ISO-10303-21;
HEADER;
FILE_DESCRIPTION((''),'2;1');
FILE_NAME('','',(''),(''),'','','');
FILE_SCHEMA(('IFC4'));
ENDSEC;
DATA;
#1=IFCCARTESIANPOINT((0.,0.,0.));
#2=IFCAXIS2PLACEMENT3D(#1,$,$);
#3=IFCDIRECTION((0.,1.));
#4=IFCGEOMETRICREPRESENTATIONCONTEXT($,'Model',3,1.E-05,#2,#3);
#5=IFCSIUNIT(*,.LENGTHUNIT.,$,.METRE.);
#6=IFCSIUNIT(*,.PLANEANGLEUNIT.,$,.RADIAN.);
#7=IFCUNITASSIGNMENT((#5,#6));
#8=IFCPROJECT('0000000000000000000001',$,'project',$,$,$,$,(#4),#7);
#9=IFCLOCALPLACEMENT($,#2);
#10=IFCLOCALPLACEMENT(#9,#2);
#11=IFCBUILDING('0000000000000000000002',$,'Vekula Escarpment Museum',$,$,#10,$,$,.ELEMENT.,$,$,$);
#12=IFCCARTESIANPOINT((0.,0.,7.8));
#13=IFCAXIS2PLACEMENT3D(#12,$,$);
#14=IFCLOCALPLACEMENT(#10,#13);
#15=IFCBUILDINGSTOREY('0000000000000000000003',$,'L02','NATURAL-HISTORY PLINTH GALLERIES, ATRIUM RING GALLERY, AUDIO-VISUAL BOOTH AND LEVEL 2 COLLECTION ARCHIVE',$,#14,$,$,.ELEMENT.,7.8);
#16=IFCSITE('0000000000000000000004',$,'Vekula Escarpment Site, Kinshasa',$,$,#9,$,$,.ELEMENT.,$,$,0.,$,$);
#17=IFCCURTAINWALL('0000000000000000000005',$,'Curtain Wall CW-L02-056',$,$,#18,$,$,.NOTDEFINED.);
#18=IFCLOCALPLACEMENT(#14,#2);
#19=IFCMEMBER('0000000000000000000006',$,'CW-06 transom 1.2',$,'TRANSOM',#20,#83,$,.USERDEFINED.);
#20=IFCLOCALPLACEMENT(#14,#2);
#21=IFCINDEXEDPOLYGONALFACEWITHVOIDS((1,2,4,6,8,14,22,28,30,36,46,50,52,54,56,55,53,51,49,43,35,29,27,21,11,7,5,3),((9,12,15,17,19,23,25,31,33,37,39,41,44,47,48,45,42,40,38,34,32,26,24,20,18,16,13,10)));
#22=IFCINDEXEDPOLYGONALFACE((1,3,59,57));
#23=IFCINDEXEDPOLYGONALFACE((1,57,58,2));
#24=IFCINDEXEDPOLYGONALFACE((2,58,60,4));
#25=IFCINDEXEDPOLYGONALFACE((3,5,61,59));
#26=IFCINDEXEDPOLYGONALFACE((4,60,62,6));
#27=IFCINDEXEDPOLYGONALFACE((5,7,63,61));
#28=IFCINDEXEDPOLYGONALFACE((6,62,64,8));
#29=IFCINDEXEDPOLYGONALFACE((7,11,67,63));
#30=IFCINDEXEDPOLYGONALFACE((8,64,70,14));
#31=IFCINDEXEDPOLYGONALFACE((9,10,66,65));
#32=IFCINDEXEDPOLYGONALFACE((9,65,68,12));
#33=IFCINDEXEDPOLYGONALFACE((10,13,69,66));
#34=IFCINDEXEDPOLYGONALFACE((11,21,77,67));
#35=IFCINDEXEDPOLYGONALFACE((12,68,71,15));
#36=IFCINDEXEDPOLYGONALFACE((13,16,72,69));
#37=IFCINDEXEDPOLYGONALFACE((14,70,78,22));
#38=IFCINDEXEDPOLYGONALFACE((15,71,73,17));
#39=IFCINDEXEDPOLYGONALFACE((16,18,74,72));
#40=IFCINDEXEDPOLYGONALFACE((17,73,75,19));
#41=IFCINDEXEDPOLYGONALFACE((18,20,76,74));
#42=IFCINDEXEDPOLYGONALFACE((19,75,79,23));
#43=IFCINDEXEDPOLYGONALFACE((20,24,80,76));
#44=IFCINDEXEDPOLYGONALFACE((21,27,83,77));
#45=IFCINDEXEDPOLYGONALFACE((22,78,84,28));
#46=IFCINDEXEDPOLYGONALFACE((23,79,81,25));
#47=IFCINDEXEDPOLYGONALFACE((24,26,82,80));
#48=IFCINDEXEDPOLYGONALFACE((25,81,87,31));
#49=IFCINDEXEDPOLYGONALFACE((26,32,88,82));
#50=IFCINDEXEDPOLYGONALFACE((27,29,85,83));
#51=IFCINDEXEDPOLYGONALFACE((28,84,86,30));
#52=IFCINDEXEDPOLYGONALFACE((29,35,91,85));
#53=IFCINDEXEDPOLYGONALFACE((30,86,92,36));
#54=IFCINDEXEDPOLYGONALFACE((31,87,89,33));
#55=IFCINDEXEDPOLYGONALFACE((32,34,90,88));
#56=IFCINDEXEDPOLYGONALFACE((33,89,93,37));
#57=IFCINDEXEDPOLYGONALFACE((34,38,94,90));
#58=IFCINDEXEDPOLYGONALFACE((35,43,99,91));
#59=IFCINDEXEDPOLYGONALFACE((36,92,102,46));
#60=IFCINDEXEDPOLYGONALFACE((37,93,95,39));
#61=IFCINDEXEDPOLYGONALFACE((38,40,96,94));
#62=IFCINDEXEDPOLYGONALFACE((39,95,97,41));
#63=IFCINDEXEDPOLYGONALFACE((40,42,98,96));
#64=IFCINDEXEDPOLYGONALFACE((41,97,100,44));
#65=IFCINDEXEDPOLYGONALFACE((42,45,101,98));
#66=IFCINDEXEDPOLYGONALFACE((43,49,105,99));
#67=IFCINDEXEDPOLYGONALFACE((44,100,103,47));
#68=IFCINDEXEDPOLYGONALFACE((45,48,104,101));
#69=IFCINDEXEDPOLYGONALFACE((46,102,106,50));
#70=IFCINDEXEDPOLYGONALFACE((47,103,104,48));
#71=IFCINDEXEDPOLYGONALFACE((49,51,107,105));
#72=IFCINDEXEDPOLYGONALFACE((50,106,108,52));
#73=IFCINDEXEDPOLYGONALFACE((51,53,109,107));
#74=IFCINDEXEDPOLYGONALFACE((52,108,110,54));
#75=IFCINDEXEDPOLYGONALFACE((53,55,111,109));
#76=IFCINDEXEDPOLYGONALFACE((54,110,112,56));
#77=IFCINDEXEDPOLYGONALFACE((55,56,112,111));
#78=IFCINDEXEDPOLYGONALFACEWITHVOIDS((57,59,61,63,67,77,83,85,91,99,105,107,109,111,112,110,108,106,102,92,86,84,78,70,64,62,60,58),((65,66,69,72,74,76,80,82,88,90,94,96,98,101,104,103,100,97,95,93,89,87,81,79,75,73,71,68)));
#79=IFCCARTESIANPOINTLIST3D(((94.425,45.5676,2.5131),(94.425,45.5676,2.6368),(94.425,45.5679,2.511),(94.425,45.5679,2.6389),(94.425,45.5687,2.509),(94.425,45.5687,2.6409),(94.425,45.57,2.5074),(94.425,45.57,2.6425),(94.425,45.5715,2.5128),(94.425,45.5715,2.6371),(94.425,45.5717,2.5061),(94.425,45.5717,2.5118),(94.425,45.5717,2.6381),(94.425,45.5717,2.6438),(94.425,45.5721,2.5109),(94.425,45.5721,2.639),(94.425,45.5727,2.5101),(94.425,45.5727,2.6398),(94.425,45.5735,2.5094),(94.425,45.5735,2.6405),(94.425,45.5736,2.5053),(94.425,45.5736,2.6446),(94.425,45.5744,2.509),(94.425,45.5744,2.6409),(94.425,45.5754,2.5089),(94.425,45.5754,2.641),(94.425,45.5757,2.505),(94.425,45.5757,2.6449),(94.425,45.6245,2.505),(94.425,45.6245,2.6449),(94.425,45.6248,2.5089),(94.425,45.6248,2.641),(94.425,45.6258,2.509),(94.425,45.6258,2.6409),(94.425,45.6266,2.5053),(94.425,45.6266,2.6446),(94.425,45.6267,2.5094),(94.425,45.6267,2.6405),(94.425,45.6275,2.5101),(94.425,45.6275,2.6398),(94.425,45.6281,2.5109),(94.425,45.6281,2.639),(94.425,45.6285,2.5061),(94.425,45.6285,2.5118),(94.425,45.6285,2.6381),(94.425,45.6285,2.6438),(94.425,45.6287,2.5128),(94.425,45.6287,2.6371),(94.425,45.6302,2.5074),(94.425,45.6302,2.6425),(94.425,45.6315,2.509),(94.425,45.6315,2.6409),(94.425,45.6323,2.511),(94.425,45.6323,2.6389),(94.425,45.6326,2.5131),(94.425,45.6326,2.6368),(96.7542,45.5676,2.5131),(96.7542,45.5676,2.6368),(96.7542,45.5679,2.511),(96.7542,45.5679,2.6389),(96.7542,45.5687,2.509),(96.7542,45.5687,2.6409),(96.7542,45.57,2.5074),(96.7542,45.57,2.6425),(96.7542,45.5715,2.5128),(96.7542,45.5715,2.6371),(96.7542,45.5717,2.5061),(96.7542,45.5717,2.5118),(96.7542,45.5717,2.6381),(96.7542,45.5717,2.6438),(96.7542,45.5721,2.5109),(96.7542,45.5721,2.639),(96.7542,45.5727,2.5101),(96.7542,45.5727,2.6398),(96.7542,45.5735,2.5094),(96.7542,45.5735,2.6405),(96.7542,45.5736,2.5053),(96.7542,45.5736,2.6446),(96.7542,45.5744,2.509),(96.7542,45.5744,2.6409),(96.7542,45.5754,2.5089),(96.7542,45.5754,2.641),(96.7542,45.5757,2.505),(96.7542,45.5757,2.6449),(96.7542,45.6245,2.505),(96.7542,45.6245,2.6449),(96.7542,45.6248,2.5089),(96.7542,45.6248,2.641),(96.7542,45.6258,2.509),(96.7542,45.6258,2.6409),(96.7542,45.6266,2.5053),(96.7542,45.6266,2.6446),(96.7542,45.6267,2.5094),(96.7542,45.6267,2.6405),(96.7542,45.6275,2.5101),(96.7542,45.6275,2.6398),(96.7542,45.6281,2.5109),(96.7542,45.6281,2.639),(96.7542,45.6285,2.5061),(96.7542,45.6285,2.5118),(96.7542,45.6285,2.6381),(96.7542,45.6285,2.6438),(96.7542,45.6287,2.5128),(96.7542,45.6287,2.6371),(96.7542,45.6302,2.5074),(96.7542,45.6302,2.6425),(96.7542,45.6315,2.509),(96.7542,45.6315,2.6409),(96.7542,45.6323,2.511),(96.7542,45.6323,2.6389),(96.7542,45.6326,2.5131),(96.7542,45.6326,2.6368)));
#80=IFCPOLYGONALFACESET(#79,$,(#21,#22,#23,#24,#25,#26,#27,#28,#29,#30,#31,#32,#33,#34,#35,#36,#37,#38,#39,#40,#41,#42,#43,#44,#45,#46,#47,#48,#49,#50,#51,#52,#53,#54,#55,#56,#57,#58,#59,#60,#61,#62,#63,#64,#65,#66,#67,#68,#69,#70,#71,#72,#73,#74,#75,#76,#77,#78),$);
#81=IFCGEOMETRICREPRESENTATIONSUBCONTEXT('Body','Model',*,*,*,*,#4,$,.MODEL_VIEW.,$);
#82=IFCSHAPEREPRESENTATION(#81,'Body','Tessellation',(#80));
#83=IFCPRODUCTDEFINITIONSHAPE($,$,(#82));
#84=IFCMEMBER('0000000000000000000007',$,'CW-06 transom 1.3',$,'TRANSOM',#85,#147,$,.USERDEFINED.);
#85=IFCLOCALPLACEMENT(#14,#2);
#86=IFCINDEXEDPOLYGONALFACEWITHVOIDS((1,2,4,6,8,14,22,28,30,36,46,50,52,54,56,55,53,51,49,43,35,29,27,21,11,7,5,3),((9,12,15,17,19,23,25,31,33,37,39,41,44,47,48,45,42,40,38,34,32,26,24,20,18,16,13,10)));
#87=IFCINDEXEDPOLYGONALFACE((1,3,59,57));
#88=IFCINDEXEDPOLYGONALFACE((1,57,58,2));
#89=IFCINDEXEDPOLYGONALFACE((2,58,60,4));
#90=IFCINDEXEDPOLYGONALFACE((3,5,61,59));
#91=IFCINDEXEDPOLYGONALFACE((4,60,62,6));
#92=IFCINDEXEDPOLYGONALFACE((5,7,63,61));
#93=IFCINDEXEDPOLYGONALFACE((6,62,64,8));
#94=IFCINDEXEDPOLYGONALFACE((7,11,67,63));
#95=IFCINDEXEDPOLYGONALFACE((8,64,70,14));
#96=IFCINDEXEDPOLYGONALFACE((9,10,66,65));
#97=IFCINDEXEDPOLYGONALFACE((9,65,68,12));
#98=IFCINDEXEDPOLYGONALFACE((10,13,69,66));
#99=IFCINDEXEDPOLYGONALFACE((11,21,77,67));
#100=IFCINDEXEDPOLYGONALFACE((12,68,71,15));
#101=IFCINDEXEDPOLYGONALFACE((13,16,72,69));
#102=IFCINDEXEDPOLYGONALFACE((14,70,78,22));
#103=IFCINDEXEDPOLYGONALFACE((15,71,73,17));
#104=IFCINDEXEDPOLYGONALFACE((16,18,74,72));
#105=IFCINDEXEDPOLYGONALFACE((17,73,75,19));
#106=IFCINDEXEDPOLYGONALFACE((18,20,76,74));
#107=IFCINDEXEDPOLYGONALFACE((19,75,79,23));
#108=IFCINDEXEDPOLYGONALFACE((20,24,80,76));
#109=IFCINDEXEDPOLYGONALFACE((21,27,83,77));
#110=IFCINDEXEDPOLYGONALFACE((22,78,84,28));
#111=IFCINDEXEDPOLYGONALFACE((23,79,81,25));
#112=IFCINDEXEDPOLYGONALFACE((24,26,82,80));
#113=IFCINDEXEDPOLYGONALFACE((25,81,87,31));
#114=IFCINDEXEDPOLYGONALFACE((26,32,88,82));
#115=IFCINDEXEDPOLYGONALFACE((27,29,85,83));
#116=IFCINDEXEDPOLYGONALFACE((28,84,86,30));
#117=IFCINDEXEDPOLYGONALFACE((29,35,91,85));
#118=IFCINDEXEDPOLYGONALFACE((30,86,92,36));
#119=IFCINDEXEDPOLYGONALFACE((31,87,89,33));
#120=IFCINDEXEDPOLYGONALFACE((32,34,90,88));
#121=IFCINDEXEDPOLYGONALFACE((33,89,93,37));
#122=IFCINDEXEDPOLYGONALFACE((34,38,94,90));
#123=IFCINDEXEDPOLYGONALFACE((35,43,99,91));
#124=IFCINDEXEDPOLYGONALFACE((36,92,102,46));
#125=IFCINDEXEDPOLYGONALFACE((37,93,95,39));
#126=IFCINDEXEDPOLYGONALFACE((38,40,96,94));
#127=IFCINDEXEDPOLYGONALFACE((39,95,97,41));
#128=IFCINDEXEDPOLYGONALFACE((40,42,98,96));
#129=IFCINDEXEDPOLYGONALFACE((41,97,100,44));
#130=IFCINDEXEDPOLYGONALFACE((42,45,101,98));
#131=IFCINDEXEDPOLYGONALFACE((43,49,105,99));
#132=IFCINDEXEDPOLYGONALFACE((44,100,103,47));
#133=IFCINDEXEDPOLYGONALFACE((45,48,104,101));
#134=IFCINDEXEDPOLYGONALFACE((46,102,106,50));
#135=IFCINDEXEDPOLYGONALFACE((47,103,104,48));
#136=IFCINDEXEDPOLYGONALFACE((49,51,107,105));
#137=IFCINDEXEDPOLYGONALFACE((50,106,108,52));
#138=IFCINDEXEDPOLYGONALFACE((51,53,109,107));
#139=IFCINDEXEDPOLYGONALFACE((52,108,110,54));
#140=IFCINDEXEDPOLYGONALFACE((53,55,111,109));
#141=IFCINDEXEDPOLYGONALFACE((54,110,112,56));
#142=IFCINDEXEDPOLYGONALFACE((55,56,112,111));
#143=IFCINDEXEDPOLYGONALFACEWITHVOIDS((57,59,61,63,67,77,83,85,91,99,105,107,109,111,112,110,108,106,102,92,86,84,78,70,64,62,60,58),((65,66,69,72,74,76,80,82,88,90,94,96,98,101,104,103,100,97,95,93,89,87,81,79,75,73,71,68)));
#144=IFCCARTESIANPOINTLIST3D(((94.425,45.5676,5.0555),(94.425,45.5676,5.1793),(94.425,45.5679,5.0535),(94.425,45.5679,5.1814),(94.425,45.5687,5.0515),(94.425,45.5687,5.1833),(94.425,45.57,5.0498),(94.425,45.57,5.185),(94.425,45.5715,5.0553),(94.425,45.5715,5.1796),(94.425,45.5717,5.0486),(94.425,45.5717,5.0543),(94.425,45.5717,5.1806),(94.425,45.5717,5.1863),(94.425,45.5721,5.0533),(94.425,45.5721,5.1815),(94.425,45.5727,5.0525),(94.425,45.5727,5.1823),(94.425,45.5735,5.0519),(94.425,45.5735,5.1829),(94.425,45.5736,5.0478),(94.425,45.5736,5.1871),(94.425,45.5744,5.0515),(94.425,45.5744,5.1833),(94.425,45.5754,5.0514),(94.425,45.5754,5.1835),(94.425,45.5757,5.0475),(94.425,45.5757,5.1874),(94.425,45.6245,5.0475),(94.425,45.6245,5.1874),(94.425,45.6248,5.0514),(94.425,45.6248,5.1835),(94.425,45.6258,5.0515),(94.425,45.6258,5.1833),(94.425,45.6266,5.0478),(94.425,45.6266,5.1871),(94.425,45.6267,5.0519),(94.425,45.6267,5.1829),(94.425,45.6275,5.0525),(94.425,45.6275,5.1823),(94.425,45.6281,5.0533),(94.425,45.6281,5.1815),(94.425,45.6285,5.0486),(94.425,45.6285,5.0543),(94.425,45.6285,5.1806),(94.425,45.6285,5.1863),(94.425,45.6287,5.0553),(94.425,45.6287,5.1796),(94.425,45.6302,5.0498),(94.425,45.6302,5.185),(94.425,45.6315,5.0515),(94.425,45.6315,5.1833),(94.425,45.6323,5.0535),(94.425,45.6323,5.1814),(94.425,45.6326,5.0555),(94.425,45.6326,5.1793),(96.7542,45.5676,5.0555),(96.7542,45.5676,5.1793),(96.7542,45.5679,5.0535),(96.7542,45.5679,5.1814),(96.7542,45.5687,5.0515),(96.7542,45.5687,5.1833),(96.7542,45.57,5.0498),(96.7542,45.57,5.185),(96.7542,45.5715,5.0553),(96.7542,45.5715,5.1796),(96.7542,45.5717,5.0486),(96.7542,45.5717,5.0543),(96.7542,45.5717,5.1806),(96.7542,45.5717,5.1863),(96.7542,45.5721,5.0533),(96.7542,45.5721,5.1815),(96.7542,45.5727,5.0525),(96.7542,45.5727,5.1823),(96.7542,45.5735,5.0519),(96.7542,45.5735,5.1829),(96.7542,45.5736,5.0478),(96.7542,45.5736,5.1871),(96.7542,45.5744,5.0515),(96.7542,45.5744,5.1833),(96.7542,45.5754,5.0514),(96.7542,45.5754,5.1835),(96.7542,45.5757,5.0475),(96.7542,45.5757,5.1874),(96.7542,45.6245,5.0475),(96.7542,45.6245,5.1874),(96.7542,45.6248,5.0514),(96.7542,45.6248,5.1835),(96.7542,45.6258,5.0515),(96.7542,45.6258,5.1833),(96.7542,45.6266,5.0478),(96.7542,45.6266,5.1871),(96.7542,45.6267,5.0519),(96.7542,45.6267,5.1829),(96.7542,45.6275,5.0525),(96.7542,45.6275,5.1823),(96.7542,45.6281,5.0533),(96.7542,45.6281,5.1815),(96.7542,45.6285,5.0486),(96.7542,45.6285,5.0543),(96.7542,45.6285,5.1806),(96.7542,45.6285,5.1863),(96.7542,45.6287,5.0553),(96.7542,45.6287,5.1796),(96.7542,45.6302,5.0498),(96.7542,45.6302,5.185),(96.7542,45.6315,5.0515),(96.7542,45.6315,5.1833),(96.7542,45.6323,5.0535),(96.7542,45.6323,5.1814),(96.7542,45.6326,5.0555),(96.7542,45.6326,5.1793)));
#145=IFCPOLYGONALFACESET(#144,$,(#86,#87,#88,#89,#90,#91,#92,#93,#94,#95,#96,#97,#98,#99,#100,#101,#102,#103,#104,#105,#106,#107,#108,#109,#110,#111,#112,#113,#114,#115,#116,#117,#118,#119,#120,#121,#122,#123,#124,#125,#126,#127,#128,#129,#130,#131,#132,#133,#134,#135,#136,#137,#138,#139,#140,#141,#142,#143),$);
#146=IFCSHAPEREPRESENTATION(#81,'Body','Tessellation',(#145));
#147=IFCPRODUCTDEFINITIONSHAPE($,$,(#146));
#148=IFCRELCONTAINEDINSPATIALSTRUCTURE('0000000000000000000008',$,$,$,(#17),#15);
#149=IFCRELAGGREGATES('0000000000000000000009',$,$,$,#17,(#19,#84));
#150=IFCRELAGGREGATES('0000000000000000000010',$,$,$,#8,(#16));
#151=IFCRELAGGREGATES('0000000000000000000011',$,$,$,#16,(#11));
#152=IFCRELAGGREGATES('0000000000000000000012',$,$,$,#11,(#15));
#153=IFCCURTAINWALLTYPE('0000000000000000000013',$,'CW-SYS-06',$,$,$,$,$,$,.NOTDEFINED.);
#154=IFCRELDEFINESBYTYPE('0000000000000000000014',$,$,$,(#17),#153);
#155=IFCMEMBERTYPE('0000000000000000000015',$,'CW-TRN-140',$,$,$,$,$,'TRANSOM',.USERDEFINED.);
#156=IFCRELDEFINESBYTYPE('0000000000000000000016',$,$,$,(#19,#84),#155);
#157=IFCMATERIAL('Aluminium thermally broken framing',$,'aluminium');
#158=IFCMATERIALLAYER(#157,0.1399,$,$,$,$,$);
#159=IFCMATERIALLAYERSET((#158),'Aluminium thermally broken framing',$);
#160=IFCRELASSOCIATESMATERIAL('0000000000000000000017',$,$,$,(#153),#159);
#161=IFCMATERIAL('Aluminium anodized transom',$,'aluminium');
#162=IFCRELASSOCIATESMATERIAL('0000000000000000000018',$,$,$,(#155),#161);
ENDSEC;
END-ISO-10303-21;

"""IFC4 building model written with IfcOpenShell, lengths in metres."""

from ifc_helpers import new_model, si_unit, direction, frame, origin, origin_2d, place, context, subcontext, project, spatial, hollow_rectangle, extrude, material, layer, layer_set, material_profile, profile_set, type_object, element, aggregate, save


model = new_model("IFC4")

# Units and contexts
model_context = context("Model", 3, precision=1e-05, world=origin(), true_north=direction((0.0, 1.0)))
body_context = subcontext(model_context, "Body", "Model", "MODEL_VIEW")
ifc_project = project(units=[si_unit("LENGTHUNIT", "METRE"), si_unit("PLANEANGLEUNIT", "RADIAN")], contexts=[model_context])

# Site, building, storey
site_placement = place(None, origin())
site = spatial("IfcSite", under=ifc_project, at=site_placement, Name="Vekula Escarpment Site, Kinshasa", CompositionType="ELEMENT", RefElevation=0.0)
building_placement = place(site_placement, origin())
building = spatial("IfcBuilding", under=site, at=building_placement, Name="Vekula Escarpment Museum", CompositionType="ELEMENT")
storey_placement = place(building_placement, frame((0.0, 0.0, 7.8)))
storey = spatial("IfcBuildingStorey", under=building, at=storey_placement, Name="L02", Description="NATURAL-HISTORY PLINTH GALLERIES, ATRIUM RING GALLERY, AUDIO-VISUAL BOOTH AND LEVEL 2 COLLECTION ARCHIVE", CompositionType="ELEMENT", Elevation=7.8)

# Curtain wall
ifc_material_1 = material(Name="Aluminium thermally broken framing", Category="aluminium")
ifc_layer_1 = layer(ifc_material_1, 0.1399)
ifc_layer_set_1 = layer_set([ifc_layer_1], Name="Aluminium thermally broken framing")
curtain_wall_type_1 = type_object("IfcCurtainWallType", Name="CW-SYS-06", PredefinedType="NOTDEFINED", material=ifc_layer_set_1)
curtain_wall_1_placement = place(storey_placement, origin())
curtain_wall_1 = element("IfcCurtainWall", 1, at=curtain_wall_1_placement, inside=storey, type_object=curtain_wall_type_1, Name="Curtain Wall CW-L02-056", PredefinedType="NOTDEFINED")

# Members
ifc_material_2 = material(Name="Aluminium anodized transom", Category="aluminium")
ifc_material_profile_1 = material_profile(ifc_material_2, hollow_rectangle(XDim=0.0649, YDim=0.1399, WallThickness=0.0039, InnerFilletRadius=0.0039, OuterFilletRadius=0.0081, at=origin_2d()), Name="ALU 140x65x4")
ifc_profile_set_1 = profile_set([ifc_material_profile_1], Name="Aluminium anodized transom")
member_type_1 = type_object("IfcMemberType", Name="CW-TRN-140", ElementType="TRANSOM", PredefinedType="USERDEFINED", material=ifc_profile_set_1)
member_1_placement = place(storey_placement, frame((94.425, 45.6001, 2.575), z_axis=(1.0, 0.0, 0.0), x_axis=(0.0, 1.0, 0.0)))
member_1 = element("IfcMember", 2, at=member_1_placement, type_object=member_type_1, Name="CW-06 transom 1.2", ObjectType="TRANSOM", PredefinedType="USERDEFINED", context=body_context, shape_type="SweptSolid", body=[
    extrude(hollow_rectangle(XDim=0.0649, YDim=0.1399, WallThickness=0.0039, InnerFilletRadius=0.0039, OuterFilletRadius=0.0081, at=origin_2d()), origin(), (0.0, 0.0, 1.0), 2.3291),
])
member_2_placement = place(storey_placement, frame((94.425, 45.6001, 5.1174), z_axis=(1.0, 0.0, 0.0), x_axis=(0.0, 1.0, 0.0)))
member_2 = element("IfcMember", 3, at=member_2_placement, type_object=member_type_1, Name="CW-06 transom 1.3", ObjectType="TRANSOM", PredefinedType="USERDEFINED", context=body_context, shape_type="SweptSolid", body=[
    extrude(hollow_rectangle(XDim=0.0649, YDim=0.1399, WallThickness=0.0039, InnerFilletRadius=0.0039, OuterFilletRadius=0.0081, at=origin_2d()), origin(), (0.0, 0.0, 1.0), 2.3291),
])

aggregate(curtain_wall_1, [member_1, member_2])

save(model, "model.ifc")
